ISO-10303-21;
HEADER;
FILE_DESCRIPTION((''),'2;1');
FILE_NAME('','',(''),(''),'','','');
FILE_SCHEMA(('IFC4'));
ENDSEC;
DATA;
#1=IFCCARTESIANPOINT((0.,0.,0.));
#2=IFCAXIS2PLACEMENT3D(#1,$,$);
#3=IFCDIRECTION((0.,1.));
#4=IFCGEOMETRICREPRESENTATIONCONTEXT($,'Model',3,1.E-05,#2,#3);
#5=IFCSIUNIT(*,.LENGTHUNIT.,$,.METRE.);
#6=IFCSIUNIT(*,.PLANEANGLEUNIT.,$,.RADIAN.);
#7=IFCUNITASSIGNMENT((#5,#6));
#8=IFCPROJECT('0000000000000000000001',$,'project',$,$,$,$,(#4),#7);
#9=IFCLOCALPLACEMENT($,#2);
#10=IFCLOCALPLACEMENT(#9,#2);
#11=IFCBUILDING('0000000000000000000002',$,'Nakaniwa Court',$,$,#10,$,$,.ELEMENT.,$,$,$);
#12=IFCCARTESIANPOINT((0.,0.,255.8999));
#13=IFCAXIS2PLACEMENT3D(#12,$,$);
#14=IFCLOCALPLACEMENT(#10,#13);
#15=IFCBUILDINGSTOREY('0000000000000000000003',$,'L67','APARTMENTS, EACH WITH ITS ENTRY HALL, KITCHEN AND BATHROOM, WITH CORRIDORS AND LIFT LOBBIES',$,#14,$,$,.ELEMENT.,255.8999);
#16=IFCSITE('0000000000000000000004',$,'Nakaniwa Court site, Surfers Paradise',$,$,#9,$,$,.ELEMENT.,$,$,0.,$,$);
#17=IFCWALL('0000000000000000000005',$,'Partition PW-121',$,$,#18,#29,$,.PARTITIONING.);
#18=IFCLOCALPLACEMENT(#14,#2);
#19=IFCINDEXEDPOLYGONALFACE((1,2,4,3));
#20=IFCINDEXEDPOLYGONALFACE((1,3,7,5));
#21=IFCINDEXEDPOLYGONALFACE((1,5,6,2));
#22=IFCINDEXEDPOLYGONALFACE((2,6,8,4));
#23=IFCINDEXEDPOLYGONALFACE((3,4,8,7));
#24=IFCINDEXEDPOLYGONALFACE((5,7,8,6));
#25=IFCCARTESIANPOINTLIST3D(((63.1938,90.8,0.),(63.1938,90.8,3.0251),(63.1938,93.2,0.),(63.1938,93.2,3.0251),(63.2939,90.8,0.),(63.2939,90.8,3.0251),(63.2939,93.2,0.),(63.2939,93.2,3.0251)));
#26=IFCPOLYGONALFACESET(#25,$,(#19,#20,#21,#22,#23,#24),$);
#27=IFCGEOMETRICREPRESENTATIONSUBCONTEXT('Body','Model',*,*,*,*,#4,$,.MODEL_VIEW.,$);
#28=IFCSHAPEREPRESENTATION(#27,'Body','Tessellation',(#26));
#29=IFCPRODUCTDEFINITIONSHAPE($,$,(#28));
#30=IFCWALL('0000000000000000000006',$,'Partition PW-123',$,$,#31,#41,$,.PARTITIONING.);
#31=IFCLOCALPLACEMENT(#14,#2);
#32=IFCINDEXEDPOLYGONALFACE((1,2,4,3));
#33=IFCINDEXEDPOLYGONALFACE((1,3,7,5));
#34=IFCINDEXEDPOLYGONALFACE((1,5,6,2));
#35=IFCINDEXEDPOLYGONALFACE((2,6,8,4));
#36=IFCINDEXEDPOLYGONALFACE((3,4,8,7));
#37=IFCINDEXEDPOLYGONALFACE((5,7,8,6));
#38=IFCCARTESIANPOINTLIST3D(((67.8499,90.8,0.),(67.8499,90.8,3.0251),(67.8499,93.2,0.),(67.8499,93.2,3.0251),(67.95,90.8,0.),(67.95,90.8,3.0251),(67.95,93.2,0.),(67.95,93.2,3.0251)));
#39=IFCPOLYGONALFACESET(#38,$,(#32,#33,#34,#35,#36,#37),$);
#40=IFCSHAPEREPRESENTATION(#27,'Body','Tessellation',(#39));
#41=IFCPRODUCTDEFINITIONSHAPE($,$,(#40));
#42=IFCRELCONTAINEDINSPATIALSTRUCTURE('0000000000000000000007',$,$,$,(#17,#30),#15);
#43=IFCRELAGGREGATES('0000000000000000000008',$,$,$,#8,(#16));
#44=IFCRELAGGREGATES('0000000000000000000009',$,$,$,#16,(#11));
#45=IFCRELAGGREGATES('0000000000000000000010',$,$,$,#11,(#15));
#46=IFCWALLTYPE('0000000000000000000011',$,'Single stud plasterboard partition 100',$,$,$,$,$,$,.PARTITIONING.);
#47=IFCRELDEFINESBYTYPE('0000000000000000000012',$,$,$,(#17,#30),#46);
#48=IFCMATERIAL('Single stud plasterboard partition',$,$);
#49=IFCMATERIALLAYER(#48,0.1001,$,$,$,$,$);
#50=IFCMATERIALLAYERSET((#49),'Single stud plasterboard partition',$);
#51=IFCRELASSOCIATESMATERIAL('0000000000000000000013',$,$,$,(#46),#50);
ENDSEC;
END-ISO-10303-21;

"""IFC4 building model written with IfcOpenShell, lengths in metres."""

from ifc_helpers import new_model, si_unit, direction, frame, frame_2d, origin, place, context, subcontext, project, spatial, rectangle, extrude, material, layer, layer_set, type_object, element, save


model = new_model("IFC4")

# Units and contexts
model_context = context("Model", 3, precision=1e-05, world=origin(), true_north=direction((0.0, 1.0)))
body_context = subcontext(model_context, "Body", "Model", "MODEL_VIEW")
ifc_project = project(units=[si_unit("LENGTHUNIT", "METRE"), si_unit("PLANEANGLEUNIT", "RADIAN")], contexts=[model_context])

# Site, building, storey
site_placement = place(None, origin())
site = spatial("IfcSite", under=ifc_project, at=site_placement, Name="Nakaniwa Court site, Surfers Paradise", CompositionType="ELEMENT", RefElevation=0.0)
building_placement = place(site_placement, origin())
building = spatial("IfcBuilding", under=site, at=building_placement, Name="Nakaniwa Court", CompositionType="ELEMENT")
storey_placement = place(building_placement, frame((0.0, 0.0, 255.8999)))
storey = spatial("IfcBuildingStorey", under=building, at=storey_placement, Name="L67", Description="APARTMENTS, EACH WITH ITS ENTRY HALL, KITCHEN AND BATHROOM, WITH CORRIDORS AND LIFT LOBBIES", CompositionType="ELEMENT", Elevation=255.8999)

# Walls
ifc_material_1 = material(Name="Single stud plasterboard partition")
ifc_layer_1 = layer(ifc_material_1, 0.1001)
ifc_layer_set_1 = layer_set([ifc_layer_1], Name="Single stud plasterboard partition")
wall_type_1 = type_object("IfcWallType", Name="Single stud plasterboard partition 100", PredefinedType="PARTITIONING", material=ifc_layer_set_1)
for number, where, z_axis, x_axis, name in (
    (1, (63.2439, 90.8, 0.0), (0.0, 0.0, 1.0), (0.0, 1.0, 0.0), "Partition PW-121"),
    (2, (67.8999, 90.8, 0.0), (0.0, 0.0, 1.0), (0.0, 1.0, 0.0), "Partition PW-123"),
):
    element("IfcWall", number, at=place(storey_placement, frame(where, z_axis=z_axis, x_axis=x_axis)), inside=storey, type_object=wall_type_1, Name=name, PredefinedType="PARTITIONING", context=body_context, shape_type="SweptSolid", body=[
        extrude(rectangle(XDim=2.3999, YDim=0.1001, at=frame_2d((1.2, 0.0))), origin(), (0.0, 0.0, 1.0), 3.0251),
    ])

save(model, "model.ifc")
